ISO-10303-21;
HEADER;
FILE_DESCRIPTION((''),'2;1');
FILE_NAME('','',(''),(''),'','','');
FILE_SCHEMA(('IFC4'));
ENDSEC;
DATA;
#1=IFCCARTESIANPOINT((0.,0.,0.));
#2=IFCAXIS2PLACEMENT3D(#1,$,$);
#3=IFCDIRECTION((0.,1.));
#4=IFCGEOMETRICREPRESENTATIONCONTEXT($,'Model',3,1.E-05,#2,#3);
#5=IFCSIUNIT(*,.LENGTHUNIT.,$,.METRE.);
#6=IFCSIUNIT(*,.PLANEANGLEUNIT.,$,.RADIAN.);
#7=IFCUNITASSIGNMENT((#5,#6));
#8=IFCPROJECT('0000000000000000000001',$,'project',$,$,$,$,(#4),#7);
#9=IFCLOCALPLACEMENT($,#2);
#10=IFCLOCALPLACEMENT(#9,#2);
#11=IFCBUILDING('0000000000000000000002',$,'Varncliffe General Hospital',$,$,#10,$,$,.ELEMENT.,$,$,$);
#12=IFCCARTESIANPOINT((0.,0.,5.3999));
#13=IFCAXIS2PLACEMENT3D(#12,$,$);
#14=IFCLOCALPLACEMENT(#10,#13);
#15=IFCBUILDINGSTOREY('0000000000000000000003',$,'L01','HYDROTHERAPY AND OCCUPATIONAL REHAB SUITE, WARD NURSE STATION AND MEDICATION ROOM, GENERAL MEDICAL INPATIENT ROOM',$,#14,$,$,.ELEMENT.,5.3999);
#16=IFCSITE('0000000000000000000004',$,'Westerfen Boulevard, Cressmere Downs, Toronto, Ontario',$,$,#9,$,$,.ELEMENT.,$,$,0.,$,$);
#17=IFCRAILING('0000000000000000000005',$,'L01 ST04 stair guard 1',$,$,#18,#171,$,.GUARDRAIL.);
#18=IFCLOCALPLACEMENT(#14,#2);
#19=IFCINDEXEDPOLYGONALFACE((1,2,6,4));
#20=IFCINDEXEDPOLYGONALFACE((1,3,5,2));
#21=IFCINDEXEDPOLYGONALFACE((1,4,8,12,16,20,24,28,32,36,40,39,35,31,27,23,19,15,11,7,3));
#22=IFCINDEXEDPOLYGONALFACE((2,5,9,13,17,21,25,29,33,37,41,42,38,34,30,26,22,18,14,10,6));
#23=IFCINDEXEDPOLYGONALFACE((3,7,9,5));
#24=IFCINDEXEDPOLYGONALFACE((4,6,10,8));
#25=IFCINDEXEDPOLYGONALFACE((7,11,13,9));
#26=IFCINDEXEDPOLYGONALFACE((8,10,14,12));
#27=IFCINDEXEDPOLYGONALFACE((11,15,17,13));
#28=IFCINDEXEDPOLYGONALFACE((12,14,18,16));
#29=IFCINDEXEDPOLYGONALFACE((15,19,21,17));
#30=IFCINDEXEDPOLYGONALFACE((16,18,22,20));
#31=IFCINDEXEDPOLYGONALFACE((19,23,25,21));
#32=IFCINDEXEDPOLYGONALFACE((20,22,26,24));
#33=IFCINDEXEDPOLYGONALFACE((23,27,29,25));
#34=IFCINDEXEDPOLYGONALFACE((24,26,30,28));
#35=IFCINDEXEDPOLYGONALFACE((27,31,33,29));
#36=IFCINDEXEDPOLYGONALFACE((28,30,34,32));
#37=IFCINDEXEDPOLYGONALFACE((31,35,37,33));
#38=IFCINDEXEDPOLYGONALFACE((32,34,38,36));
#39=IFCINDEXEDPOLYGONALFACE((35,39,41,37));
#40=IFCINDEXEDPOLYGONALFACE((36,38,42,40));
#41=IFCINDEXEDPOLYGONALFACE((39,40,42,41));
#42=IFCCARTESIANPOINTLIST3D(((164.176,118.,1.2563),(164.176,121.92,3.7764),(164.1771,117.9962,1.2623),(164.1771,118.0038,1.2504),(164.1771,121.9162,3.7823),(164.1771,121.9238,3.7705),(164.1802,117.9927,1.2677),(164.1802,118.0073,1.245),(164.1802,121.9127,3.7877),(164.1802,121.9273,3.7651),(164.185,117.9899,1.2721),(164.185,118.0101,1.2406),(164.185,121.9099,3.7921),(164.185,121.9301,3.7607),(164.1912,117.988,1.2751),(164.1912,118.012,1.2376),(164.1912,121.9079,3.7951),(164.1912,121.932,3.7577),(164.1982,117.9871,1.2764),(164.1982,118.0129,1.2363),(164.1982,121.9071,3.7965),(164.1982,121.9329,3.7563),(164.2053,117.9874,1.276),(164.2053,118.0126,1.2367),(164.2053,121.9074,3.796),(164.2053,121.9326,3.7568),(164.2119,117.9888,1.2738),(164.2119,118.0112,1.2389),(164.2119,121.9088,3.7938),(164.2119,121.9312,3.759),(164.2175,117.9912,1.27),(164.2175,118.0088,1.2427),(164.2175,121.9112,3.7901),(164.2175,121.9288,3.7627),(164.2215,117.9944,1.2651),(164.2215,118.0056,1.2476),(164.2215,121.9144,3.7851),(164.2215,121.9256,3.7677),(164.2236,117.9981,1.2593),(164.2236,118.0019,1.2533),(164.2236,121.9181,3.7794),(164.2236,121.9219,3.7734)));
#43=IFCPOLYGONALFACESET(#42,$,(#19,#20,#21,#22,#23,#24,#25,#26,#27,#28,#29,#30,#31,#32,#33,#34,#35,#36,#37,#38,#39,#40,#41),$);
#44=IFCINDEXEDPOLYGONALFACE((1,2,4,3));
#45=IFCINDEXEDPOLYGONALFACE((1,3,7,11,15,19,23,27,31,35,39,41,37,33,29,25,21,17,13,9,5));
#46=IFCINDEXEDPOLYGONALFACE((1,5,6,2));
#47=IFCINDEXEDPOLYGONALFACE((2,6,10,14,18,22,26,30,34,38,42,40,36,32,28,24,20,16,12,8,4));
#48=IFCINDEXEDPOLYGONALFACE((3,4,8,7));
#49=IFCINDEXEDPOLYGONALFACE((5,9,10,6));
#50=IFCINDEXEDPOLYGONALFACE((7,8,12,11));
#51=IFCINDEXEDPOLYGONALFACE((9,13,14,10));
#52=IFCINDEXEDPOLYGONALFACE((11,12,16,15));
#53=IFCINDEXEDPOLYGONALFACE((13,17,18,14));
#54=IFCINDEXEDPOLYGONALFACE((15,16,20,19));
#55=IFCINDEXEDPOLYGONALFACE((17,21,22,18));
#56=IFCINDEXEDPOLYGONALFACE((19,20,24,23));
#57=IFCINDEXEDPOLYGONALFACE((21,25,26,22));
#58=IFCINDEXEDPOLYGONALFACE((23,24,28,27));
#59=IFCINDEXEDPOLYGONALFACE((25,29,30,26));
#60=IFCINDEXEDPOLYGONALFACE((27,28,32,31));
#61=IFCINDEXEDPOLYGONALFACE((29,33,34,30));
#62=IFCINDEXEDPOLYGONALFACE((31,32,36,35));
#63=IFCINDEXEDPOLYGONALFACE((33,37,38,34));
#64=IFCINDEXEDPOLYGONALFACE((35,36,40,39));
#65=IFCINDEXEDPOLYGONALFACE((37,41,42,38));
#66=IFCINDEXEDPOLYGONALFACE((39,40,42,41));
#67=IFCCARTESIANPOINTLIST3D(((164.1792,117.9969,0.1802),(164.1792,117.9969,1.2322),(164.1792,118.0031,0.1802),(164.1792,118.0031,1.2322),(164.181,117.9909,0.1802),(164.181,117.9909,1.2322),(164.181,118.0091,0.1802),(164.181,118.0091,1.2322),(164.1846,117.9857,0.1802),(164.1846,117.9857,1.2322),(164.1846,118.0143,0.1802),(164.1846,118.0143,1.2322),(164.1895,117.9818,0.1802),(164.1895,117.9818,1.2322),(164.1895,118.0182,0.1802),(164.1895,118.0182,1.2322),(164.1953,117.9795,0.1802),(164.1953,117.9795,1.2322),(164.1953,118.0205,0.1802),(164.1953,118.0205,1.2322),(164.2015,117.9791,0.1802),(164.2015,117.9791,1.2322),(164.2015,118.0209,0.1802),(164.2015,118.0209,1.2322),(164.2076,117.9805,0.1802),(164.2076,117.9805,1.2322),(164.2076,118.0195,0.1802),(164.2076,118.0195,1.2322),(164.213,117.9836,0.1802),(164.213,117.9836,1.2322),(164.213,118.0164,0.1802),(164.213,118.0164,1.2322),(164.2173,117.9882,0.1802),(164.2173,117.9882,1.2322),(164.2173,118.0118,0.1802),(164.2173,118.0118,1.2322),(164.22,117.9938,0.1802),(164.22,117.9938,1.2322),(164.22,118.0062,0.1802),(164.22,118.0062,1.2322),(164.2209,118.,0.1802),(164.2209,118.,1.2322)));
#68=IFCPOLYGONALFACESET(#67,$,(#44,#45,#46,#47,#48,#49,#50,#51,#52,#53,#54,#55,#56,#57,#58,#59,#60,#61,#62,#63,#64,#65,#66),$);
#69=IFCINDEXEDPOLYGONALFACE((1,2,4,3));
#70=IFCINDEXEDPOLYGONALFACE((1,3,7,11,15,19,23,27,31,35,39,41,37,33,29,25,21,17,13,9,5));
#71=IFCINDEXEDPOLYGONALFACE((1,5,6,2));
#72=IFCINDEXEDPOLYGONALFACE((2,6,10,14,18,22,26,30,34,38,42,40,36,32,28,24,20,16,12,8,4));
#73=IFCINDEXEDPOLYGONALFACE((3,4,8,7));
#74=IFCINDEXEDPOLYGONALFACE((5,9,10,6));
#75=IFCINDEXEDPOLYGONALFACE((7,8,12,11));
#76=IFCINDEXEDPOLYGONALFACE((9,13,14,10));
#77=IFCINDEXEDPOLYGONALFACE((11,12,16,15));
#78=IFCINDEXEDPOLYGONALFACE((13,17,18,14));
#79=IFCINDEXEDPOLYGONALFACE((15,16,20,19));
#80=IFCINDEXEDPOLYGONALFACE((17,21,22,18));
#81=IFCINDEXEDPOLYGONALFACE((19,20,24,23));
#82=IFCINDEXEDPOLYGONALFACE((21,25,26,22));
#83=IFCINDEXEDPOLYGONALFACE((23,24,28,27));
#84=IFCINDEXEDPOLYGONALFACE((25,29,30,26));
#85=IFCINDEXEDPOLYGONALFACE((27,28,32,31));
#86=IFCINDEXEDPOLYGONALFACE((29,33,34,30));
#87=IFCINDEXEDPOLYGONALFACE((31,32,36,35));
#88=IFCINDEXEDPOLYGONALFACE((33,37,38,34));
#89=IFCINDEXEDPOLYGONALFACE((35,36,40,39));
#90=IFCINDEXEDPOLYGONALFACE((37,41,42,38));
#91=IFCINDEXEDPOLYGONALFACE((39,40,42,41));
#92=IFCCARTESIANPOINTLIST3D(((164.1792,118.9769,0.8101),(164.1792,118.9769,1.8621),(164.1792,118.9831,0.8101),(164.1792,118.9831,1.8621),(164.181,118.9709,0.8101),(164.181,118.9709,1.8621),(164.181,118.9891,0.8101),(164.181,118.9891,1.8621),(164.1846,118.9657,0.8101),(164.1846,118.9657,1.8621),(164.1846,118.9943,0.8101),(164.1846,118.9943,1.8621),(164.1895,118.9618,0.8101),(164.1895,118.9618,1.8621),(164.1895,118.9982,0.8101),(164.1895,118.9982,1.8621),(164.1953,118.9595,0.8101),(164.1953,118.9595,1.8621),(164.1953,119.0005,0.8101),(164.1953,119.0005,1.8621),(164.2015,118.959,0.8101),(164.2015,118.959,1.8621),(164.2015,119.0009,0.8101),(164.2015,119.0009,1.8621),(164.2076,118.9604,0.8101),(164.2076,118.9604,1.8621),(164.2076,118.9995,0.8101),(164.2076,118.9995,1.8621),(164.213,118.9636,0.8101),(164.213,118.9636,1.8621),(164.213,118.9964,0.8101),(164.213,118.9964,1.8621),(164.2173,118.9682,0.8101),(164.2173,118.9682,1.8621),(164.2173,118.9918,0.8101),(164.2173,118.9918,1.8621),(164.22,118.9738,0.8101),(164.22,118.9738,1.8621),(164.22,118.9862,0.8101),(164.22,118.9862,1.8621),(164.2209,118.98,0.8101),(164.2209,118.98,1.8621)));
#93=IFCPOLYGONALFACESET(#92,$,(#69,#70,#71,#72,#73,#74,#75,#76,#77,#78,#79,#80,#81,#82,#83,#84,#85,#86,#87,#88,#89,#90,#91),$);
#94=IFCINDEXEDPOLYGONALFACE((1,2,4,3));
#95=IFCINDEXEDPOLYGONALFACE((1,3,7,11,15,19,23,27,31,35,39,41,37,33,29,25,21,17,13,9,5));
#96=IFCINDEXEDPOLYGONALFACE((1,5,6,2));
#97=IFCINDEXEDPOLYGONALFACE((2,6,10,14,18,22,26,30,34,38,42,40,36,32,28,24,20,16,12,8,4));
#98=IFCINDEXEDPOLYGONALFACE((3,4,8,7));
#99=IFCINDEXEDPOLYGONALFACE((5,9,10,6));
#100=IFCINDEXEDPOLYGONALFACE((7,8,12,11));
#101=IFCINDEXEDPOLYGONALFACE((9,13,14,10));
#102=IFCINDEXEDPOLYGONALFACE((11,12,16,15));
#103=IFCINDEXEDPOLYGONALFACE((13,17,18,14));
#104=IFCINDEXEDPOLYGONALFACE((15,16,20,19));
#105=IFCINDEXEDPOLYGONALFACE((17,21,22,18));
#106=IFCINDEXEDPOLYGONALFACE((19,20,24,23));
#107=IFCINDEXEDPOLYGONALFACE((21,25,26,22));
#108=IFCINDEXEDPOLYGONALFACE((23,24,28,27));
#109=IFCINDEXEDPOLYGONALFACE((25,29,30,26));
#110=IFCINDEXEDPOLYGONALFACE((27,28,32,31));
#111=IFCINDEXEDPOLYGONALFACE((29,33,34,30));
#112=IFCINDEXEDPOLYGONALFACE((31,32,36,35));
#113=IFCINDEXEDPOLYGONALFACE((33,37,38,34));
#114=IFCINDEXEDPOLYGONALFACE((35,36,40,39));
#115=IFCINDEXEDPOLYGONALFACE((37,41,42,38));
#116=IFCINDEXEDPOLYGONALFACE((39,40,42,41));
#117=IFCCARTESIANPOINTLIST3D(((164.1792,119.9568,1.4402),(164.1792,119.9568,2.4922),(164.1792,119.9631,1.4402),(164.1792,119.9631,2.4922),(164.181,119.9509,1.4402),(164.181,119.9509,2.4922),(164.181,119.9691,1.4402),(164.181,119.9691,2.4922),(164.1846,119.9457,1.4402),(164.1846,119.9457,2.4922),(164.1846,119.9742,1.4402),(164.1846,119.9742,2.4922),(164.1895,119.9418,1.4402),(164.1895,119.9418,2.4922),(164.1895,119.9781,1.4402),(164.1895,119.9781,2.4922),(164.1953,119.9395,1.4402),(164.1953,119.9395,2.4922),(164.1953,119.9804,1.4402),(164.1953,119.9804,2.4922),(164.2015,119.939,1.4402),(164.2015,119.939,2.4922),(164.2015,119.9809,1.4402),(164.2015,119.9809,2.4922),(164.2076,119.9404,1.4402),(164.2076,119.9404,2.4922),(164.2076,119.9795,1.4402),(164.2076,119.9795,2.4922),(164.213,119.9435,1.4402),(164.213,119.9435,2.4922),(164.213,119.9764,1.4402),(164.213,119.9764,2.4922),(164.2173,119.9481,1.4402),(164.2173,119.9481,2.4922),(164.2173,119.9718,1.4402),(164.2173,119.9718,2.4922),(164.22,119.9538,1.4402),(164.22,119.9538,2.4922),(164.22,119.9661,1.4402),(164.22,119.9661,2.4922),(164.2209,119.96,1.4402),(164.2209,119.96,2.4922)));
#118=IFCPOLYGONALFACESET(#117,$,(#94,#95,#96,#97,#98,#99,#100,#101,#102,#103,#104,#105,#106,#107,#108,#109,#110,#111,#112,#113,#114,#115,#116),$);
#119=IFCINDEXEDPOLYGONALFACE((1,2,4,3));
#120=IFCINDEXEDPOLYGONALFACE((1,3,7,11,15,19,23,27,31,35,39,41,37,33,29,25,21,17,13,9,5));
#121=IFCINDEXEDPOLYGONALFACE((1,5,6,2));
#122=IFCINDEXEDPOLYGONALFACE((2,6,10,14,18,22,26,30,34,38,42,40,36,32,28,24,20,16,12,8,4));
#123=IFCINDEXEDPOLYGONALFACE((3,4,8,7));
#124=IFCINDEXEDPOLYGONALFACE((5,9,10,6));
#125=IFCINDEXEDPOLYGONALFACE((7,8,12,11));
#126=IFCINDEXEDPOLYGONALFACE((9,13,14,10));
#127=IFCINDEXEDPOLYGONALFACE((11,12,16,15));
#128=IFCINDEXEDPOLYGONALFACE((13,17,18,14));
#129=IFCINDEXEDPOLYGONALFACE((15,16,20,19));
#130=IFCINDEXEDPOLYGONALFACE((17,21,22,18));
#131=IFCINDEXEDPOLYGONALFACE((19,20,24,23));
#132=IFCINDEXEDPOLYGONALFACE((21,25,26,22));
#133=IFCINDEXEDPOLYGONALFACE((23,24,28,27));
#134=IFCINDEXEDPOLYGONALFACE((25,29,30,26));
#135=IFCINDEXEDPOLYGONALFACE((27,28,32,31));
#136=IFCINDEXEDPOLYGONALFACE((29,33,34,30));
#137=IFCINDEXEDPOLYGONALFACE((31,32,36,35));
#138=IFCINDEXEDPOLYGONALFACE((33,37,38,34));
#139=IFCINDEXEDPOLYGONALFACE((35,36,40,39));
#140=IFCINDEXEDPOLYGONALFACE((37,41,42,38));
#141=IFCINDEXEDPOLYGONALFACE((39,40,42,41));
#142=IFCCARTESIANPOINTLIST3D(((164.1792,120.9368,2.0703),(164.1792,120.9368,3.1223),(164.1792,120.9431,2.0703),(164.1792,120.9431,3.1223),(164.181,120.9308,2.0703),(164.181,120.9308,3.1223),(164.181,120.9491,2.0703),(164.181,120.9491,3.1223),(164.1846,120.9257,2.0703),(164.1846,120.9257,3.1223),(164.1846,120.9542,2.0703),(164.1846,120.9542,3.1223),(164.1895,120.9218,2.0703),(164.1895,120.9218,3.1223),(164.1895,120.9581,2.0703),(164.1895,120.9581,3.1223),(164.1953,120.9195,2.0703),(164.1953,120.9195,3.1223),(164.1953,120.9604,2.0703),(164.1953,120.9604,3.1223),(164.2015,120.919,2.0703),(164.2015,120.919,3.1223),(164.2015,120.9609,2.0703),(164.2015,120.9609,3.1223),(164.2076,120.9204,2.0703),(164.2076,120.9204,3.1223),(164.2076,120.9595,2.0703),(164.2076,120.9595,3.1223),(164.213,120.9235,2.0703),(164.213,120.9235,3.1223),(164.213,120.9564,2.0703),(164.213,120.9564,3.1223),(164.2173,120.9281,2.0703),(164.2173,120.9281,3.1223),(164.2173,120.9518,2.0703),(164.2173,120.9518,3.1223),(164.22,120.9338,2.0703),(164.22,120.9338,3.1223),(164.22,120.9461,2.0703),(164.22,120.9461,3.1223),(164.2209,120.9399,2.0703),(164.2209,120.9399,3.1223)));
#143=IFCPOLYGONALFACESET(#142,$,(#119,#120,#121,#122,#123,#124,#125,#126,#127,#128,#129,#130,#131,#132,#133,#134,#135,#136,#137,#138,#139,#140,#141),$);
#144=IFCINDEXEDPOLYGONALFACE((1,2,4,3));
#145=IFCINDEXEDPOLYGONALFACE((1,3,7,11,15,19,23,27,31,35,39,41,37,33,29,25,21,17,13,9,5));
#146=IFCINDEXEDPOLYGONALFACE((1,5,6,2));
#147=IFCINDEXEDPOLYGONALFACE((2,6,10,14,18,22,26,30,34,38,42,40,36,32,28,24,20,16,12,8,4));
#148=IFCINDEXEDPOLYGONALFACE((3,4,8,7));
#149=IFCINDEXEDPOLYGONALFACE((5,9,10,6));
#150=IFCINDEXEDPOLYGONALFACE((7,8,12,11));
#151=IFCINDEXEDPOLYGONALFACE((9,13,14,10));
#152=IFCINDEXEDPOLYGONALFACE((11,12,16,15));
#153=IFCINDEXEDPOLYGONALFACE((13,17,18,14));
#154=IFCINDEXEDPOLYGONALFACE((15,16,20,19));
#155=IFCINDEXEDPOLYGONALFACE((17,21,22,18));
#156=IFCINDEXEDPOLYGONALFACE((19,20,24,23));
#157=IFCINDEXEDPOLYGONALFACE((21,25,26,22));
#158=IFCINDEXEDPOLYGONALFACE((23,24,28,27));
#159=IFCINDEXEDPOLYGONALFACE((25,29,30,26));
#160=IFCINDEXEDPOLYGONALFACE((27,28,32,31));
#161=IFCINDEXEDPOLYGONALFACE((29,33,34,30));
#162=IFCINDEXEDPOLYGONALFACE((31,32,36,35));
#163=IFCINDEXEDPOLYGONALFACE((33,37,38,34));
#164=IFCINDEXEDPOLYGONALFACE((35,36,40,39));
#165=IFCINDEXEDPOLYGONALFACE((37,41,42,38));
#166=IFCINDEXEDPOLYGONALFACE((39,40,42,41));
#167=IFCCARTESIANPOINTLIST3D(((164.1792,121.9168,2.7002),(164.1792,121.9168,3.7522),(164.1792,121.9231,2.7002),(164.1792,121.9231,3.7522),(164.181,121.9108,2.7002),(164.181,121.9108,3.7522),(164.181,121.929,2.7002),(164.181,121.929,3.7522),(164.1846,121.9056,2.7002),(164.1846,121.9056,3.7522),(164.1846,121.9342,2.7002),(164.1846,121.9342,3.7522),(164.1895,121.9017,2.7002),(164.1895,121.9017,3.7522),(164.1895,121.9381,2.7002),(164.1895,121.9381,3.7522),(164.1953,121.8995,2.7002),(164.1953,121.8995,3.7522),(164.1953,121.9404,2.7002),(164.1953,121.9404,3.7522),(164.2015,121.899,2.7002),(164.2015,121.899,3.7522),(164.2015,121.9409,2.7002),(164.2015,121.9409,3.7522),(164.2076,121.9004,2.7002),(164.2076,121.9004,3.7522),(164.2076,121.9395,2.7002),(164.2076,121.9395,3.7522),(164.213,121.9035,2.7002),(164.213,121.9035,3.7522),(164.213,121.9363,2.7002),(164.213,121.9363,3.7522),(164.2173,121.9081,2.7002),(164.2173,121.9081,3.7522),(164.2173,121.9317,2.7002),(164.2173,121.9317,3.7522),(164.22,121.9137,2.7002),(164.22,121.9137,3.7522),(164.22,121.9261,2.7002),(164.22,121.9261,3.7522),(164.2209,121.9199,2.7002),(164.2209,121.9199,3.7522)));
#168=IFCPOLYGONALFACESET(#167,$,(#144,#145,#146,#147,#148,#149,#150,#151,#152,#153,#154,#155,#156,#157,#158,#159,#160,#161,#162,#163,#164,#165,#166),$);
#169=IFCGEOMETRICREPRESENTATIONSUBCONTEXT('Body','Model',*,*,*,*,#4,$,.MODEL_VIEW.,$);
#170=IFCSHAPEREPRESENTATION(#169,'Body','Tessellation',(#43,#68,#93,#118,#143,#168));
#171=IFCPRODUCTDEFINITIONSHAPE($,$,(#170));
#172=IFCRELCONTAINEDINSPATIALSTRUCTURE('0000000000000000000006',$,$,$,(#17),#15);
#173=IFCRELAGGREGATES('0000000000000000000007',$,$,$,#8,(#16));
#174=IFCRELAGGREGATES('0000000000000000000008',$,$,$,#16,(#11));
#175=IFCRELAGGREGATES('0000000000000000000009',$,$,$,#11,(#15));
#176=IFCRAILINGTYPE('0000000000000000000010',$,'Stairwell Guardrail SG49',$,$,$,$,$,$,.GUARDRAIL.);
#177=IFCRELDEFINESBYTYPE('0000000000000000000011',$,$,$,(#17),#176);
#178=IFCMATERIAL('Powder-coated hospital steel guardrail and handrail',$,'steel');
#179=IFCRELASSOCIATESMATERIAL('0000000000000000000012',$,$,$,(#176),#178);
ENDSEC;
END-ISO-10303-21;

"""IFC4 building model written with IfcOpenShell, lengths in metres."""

from ifc_helpers import new_model, si_unit, direction, frame, origin, origin_2d, place, context, subcontext, project, spatial, circle, extrude, material, type_object, element, save


model = new_model("IFC4")

# Units and contexts
model_context = context("Model", 3, precision=1e-05, world=origin(), true_north=direction((0.0, 1.0)))
body_context = subcontext(model_context, "Body", "Model", "MODEL_VIEW")
ifc_project = project(units=[si_unit("LENGTHUNIT", "METRE"), si_unit("PLANEANGLEUNIT", "RADIAN")], contexts=[model_context])

# Site, building, storey
site_placement = place(None, origin())
site = spatial("IfcSite", under=ifc_project, at=site_placement, Name="Westerfen Boulevard, Cressmere Downs, Toronto, Ontario", CompositionType="ELEMENT", RefElevation=0.0)
building_placement = place(site_placement, origin())
building = spatial("IfcBuilding", under=site, at=building_placement, Name="Varncliffe General Hospital", CompositionType="ELEMENT")
storey_placement = place(building_placement, frame((0.0, 0.0, 5.3999)))
storey = spatial("IfcBuildingStorey", under=building, at=storey_placement, Name="L01", Description="HYDROTHERAPY AND OCCUPATIONAL REHAB SUITE, WARD NURSE STATION AND MEDICATION ROOM, GENERAL MEDICAL INPATIENT ROOM", CompositionType="ELEMENT", Elevation=5.3999)

# Railing
ifc_material_1 = material(Name="Powder-coated hospital steel guardrail and handrail", Category="steel")
railing_type_1 = type_object("IfcRailingType", Name="Stairwell Guardrail SG49", PredefinedType="GUARDRAIL", material=ifc_material_1)
railing_1_placement = place(storey_placement, frame((164.2, 118.0, 0.1802)))
element("IfcRailing", 1, at=railing_1_placement, inside=storey, type_object=railing_type_1, Name="L01 ST04 stair guard 1", PredefinedType="GUARDRAIL", context=body_context, shape_type="SweptSolid", body=[
    extrude(circle(Radius=0.0239, at=origin_2d()), frame((0.0, 0.0, 1.0762), z_axis=(0.0, 0.841172, 0.540768), x_axis=(-1.0, 0.0, 0.0)), (0.0, 0.0, 1.0), 4.6602),
    extrude(circle(Radius=0.021, at=origin_2d()), origin(), (0.0, 0.0, 1.0), 1.052),
    extrude(circle(Radius=0.021, at=origin_2d()), frame((0.0, 0.98, 0.6299)), (0.0, 0.0, 1.0), 1.052),
    extrude(circle(Radius=0.021, at=origin_2d()), frame((0.0, 1.96, 1.26)), (0.0, 0.0, 1.0), 1.052),
    extrude(circle(Radius=0.021, at=origin_2d()), frame((0.0, 2.9399, 1.8901)), (0.0, 0.0, 1.0), 1.052),
    extrude(circle(Radius=0.021, at=origin_2d()), frame((0.0, 3.9199, 2.52)), (0.0, 0.0, 1.0), 1.052),
])

save(model, "model.ifc")
